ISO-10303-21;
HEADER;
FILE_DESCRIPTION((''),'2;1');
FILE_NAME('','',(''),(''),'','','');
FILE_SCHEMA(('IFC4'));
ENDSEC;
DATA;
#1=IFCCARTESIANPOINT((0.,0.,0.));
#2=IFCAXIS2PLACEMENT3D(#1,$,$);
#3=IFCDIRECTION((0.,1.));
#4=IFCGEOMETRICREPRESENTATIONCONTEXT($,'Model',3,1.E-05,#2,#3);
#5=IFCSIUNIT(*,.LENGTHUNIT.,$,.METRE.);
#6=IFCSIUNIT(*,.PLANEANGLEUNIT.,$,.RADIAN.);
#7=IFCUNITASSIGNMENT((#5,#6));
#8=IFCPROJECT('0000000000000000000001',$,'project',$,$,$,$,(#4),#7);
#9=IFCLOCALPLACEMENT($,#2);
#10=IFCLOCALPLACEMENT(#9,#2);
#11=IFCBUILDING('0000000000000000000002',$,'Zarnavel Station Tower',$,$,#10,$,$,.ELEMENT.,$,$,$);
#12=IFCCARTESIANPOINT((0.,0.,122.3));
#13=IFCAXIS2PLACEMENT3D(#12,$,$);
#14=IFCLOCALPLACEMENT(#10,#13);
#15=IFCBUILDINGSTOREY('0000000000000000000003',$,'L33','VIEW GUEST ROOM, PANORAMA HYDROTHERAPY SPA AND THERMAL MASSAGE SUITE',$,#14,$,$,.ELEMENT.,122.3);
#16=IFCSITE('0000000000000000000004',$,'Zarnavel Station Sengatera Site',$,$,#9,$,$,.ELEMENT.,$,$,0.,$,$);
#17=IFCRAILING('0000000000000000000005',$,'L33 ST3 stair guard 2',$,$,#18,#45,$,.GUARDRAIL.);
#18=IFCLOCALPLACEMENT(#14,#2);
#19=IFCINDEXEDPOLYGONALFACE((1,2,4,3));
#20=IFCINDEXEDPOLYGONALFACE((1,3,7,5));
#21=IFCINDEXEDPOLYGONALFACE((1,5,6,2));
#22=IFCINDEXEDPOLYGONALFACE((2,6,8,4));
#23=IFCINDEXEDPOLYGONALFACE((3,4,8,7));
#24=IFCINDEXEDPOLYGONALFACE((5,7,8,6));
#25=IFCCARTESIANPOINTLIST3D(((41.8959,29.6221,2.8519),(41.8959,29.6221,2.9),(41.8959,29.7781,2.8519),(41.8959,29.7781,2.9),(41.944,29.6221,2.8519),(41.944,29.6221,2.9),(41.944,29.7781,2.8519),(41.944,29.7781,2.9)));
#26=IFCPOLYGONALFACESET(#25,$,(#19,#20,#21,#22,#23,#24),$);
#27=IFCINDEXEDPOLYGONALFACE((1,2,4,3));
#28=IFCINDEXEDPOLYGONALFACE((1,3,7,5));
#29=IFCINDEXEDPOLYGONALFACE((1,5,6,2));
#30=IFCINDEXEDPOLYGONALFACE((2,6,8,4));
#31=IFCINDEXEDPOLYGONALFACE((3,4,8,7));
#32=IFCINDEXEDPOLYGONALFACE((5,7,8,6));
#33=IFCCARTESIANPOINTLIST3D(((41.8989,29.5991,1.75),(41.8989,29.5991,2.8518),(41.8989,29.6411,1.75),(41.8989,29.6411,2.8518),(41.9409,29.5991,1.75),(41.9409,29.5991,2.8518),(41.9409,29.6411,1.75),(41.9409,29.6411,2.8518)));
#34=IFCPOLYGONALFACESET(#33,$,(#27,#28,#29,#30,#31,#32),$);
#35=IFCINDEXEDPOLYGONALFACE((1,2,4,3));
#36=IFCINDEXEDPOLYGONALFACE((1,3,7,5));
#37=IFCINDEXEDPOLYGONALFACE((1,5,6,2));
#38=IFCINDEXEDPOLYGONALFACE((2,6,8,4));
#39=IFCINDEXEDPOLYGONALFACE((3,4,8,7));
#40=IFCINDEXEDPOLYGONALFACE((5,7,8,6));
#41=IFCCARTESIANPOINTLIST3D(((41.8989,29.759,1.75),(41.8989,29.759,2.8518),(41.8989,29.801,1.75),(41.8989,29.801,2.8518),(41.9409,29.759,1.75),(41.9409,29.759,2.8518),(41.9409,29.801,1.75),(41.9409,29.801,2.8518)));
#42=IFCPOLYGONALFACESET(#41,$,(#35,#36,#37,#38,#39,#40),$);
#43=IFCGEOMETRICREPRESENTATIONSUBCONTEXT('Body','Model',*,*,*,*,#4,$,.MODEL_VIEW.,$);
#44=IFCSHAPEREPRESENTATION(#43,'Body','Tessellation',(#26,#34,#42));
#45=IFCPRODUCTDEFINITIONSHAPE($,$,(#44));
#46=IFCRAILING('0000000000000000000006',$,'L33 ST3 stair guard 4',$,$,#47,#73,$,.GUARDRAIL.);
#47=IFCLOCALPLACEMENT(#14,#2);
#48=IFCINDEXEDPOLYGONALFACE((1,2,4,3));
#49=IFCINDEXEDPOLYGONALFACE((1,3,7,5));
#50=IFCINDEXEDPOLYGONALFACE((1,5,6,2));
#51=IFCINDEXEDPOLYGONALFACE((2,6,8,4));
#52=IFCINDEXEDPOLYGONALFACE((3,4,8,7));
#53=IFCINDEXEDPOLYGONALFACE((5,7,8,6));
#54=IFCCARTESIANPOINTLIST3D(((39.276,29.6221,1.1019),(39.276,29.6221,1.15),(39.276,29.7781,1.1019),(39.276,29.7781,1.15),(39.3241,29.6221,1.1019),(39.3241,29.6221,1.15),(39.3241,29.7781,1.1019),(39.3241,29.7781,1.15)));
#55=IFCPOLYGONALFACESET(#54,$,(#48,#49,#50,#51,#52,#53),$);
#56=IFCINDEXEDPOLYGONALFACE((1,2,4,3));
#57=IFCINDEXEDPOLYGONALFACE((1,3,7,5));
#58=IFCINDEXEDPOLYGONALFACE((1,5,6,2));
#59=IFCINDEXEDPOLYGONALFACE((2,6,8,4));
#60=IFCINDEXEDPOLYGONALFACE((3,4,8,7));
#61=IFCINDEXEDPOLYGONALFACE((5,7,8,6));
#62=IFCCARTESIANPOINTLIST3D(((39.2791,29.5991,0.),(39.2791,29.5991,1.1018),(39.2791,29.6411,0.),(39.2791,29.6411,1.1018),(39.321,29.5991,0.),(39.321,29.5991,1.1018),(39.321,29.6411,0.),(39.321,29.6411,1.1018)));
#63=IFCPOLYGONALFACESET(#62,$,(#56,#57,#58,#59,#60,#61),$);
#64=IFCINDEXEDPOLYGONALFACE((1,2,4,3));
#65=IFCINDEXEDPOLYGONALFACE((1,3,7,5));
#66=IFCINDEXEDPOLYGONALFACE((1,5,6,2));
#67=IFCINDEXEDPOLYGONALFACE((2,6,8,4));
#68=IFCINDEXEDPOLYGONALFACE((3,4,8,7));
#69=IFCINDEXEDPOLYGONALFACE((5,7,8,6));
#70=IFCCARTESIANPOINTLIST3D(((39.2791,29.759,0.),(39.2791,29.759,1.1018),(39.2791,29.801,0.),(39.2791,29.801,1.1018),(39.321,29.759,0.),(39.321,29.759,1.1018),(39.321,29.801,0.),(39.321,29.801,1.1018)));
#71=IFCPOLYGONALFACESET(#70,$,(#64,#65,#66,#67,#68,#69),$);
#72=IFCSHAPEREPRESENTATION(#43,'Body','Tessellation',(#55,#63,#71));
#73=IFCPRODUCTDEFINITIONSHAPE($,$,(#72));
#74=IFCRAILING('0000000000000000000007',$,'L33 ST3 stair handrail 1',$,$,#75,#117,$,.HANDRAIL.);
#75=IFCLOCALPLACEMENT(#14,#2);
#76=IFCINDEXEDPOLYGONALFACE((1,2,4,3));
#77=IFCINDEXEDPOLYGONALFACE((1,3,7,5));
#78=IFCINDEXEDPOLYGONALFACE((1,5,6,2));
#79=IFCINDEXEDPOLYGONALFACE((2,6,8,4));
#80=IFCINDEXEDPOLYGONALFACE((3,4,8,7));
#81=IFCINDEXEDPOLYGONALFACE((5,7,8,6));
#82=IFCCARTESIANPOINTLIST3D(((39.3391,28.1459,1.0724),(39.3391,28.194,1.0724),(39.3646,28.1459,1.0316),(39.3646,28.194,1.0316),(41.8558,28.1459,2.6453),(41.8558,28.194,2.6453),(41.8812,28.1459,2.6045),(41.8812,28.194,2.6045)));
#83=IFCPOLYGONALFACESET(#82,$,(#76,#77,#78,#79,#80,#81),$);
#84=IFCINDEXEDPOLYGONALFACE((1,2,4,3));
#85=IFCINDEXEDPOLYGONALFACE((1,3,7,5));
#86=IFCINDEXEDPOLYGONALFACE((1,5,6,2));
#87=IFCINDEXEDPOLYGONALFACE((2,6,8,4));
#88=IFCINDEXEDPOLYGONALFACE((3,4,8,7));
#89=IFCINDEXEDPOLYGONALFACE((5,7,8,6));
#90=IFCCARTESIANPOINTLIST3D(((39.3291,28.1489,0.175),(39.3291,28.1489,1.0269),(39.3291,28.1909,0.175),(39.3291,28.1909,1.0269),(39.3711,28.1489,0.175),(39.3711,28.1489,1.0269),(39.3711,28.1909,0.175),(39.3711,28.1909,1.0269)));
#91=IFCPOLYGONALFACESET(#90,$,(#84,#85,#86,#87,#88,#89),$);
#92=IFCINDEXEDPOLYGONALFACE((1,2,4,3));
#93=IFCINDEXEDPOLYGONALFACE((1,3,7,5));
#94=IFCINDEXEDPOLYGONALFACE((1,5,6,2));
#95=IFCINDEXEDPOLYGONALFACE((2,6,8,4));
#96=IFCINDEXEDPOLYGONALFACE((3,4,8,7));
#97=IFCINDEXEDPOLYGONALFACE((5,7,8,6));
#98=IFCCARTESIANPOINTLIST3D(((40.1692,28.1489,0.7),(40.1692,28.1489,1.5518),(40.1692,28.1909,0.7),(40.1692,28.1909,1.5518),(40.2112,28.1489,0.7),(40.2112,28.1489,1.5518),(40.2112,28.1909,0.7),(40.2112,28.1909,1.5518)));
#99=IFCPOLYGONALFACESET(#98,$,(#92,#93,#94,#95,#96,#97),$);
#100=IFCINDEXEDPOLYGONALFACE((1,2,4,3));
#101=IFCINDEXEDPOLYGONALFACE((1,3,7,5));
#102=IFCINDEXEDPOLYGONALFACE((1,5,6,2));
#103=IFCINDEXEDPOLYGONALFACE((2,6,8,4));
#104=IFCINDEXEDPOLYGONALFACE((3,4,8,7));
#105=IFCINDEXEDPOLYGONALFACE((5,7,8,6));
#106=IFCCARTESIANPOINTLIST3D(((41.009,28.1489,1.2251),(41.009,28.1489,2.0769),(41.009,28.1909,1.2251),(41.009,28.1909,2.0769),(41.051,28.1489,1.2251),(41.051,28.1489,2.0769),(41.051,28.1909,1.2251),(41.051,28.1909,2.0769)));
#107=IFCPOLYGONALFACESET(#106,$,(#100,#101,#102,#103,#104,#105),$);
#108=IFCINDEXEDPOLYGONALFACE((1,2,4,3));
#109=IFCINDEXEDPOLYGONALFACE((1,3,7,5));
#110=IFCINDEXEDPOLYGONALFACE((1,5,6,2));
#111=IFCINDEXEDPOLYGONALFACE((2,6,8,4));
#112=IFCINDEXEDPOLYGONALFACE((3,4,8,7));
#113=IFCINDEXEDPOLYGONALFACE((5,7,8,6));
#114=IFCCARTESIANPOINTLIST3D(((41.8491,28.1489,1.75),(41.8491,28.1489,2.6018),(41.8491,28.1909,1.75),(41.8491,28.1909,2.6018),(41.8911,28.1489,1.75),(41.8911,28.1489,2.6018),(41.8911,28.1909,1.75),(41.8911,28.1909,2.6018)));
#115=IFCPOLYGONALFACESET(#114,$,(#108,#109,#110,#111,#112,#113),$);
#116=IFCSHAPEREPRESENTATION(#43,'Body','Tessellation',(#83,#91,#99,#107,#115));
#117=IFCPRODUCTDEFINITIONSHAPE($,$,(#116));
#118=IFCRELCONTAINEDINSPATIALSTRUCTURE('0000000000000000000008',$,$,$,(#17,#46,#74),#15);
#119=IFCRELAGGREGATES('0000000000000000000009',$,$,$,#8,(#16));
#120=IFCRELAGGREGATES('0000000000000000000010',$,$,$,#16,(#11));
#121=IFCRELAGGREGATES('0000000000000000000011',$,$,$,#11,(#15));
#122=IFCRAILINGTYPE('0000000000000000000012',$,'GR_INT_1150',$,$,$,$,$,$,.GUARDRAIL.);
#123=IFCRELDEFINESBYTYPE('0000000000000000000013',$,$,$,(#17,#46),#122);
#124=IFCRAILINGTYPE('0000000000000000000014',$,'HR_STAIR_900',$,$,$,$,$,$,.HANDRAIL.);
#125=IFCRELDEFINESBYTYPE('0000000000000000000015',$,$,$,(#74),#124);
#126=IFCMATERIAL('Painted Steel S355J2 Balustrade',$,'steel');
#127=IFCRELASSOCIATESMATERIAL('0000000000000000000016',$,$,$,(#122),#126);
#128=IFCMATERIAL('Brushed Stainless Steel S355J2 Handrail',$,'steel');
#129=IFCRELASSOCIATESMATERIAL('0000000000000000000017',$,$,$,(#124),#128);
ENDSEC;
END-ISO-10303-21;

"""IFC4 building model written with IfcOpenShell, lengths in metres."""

from ifc_helpers import new_model, si_unit, direction, frame, origin, origin_2d, place, context, subcontext, project, spatial, rectangle, extrude, material, type_object, element, save


model = new_model("IFC4")

# Units and contexts
model_context = context("Model", 3, precision=1e-05, world=origin(), true_north=direction((0.0, 1.0)))
body_context = subcontext(model_context, "Body", "Model", "MODEL_VIEW")
ifc_project = project(units=[si_unit("LENGTHUNIT", "METRE"), si_unit("PLANEANGLEUNIT", "RADIAN")], contexts=[model_context])

# Site, building, storey
site_placement = place(None, origin())
site = spatial("IfcSite", under=ifc_project, at=site_placement, Name="Zarnavel Station Sengatera Site", CompositionType="ELEMENT", RefElevation=0.0)
building_placement = place(site_placement, origin())
building = spatial("IfcBuilding", under=site, at=building_placement, Name="Zarnavel Station Tower", CompositionType="ELEMENT")
storey_placement = place(building_placement, frame((0.0, 0.0, 122.3)))
storey = spatial("IfcBuildingStorey", under=building, at=storey_placement, Name="L33", Description="VIEW GUEST ROOM, PANORAMA HYDROTHERAPY SPA AND THERMAL MASSAGE SUITE", CompositionType="ELEMENT", Elevation=122.3)

# Railings
ifc_material_1 = material(Name="Painted Steel S355J2 Balustrade", Category="steel")
railing_type_1 = type_object("IfcRailingType", Name="GR_INT_1150", PredefinedType="GUARDRAIL", material=ifc_material_1)
for number, where, name in (
    (1, (41.9199, 29.6201, 1.75), "L33 ST3 stair guard 2"),
    (2, (39.3, 29.6201, 0.0), "L33 ST3 stair guard 4"),
):
    element("IfcRailing", number, at=place(storey_placement, frame(where)), inside=storey, type_object=railing_type_1, Name=name, PredefinedType="GUARDRAIL", context=body_context, shape_type="SweptSolid", body=[
        extrude(rectangle(XDim=0.0481, YDim=0.0481, at=origin_2d()), frame((0.0, 0.002, 1.126), z_axis=(0.0, 1.0, 0.0), x_axis=(-1.0, 0.0, 0.0)), (0.0, 0.0, 1.0), 0.156),
        extrude(rectangle(XDim=0.042, YDim=0.042, at=origin_2d()), origin(), (0.0, 0.0, 1.0), 1.1018),
        extrude(rectangle(XDim=0.042, YDim=0.042, at=origin_2d()), frame((0.0, 0.1599, 0.0)), (0.0, 0.0, 1.0), 1.1018),
    ])
ifc_material_2 = material(Name="Brushed Stainless Steel S355J2 Handrail", Category="steel")
railing_type_2 = type_object("IfcRailingType", Name="HR_STAIR_900", PredefinedType="HANDRAIL", material=ifc_material_2)
railing_1_placement = place(storey_placement, frame((39.3501, 28.1699, 0.175)))
element("IfcRailing", 3, at=railing_1_placement, inside=storey, type_object=railing_type_2, Name="L33 ST3 stair handrail 1", PredefinedType="HANDRAIL", context=body_context, shape_type="SweptSolid", body=[
    extrude(rectangle(XDim=0.0481, YDim=0.0481, at=origin_2d()), frame((0.0017, 0.0, 0.877), z_axis=(0.848008, 0.0, 0.529984), x_axis=(0.0, 1.0, 0.0)), (0.0, 0.0, 1.0), 2.9678),
    extrude(rectangle(XDim=0.042, YDim=0.042, at=origin_2d()), origin(), (0.0, 0.0, 1.0), 0.8518),
    extrude(rectangle(XDim=0.042, YDim=0.042, at=origin_2d()), frame((0.8401, 0.0, 0.5249)), (0.0, 0.0, 1.0), 0.8518),
    extrude(rectangle(XDim=0.042, YDim=0.042, at=origin_2d()), frame((1.6799, 0.0, 1.05)), (0.0, 0.0, 1.0), 0.8518),
    extrude(rectangle(XDim=0.042, YDim=0.042, at=origin_2d()), frame((2.52, 0.0, 1.575)), (0.0, 0.0, 1.0), 0.8518),
])

save(model, "model.ifc")
